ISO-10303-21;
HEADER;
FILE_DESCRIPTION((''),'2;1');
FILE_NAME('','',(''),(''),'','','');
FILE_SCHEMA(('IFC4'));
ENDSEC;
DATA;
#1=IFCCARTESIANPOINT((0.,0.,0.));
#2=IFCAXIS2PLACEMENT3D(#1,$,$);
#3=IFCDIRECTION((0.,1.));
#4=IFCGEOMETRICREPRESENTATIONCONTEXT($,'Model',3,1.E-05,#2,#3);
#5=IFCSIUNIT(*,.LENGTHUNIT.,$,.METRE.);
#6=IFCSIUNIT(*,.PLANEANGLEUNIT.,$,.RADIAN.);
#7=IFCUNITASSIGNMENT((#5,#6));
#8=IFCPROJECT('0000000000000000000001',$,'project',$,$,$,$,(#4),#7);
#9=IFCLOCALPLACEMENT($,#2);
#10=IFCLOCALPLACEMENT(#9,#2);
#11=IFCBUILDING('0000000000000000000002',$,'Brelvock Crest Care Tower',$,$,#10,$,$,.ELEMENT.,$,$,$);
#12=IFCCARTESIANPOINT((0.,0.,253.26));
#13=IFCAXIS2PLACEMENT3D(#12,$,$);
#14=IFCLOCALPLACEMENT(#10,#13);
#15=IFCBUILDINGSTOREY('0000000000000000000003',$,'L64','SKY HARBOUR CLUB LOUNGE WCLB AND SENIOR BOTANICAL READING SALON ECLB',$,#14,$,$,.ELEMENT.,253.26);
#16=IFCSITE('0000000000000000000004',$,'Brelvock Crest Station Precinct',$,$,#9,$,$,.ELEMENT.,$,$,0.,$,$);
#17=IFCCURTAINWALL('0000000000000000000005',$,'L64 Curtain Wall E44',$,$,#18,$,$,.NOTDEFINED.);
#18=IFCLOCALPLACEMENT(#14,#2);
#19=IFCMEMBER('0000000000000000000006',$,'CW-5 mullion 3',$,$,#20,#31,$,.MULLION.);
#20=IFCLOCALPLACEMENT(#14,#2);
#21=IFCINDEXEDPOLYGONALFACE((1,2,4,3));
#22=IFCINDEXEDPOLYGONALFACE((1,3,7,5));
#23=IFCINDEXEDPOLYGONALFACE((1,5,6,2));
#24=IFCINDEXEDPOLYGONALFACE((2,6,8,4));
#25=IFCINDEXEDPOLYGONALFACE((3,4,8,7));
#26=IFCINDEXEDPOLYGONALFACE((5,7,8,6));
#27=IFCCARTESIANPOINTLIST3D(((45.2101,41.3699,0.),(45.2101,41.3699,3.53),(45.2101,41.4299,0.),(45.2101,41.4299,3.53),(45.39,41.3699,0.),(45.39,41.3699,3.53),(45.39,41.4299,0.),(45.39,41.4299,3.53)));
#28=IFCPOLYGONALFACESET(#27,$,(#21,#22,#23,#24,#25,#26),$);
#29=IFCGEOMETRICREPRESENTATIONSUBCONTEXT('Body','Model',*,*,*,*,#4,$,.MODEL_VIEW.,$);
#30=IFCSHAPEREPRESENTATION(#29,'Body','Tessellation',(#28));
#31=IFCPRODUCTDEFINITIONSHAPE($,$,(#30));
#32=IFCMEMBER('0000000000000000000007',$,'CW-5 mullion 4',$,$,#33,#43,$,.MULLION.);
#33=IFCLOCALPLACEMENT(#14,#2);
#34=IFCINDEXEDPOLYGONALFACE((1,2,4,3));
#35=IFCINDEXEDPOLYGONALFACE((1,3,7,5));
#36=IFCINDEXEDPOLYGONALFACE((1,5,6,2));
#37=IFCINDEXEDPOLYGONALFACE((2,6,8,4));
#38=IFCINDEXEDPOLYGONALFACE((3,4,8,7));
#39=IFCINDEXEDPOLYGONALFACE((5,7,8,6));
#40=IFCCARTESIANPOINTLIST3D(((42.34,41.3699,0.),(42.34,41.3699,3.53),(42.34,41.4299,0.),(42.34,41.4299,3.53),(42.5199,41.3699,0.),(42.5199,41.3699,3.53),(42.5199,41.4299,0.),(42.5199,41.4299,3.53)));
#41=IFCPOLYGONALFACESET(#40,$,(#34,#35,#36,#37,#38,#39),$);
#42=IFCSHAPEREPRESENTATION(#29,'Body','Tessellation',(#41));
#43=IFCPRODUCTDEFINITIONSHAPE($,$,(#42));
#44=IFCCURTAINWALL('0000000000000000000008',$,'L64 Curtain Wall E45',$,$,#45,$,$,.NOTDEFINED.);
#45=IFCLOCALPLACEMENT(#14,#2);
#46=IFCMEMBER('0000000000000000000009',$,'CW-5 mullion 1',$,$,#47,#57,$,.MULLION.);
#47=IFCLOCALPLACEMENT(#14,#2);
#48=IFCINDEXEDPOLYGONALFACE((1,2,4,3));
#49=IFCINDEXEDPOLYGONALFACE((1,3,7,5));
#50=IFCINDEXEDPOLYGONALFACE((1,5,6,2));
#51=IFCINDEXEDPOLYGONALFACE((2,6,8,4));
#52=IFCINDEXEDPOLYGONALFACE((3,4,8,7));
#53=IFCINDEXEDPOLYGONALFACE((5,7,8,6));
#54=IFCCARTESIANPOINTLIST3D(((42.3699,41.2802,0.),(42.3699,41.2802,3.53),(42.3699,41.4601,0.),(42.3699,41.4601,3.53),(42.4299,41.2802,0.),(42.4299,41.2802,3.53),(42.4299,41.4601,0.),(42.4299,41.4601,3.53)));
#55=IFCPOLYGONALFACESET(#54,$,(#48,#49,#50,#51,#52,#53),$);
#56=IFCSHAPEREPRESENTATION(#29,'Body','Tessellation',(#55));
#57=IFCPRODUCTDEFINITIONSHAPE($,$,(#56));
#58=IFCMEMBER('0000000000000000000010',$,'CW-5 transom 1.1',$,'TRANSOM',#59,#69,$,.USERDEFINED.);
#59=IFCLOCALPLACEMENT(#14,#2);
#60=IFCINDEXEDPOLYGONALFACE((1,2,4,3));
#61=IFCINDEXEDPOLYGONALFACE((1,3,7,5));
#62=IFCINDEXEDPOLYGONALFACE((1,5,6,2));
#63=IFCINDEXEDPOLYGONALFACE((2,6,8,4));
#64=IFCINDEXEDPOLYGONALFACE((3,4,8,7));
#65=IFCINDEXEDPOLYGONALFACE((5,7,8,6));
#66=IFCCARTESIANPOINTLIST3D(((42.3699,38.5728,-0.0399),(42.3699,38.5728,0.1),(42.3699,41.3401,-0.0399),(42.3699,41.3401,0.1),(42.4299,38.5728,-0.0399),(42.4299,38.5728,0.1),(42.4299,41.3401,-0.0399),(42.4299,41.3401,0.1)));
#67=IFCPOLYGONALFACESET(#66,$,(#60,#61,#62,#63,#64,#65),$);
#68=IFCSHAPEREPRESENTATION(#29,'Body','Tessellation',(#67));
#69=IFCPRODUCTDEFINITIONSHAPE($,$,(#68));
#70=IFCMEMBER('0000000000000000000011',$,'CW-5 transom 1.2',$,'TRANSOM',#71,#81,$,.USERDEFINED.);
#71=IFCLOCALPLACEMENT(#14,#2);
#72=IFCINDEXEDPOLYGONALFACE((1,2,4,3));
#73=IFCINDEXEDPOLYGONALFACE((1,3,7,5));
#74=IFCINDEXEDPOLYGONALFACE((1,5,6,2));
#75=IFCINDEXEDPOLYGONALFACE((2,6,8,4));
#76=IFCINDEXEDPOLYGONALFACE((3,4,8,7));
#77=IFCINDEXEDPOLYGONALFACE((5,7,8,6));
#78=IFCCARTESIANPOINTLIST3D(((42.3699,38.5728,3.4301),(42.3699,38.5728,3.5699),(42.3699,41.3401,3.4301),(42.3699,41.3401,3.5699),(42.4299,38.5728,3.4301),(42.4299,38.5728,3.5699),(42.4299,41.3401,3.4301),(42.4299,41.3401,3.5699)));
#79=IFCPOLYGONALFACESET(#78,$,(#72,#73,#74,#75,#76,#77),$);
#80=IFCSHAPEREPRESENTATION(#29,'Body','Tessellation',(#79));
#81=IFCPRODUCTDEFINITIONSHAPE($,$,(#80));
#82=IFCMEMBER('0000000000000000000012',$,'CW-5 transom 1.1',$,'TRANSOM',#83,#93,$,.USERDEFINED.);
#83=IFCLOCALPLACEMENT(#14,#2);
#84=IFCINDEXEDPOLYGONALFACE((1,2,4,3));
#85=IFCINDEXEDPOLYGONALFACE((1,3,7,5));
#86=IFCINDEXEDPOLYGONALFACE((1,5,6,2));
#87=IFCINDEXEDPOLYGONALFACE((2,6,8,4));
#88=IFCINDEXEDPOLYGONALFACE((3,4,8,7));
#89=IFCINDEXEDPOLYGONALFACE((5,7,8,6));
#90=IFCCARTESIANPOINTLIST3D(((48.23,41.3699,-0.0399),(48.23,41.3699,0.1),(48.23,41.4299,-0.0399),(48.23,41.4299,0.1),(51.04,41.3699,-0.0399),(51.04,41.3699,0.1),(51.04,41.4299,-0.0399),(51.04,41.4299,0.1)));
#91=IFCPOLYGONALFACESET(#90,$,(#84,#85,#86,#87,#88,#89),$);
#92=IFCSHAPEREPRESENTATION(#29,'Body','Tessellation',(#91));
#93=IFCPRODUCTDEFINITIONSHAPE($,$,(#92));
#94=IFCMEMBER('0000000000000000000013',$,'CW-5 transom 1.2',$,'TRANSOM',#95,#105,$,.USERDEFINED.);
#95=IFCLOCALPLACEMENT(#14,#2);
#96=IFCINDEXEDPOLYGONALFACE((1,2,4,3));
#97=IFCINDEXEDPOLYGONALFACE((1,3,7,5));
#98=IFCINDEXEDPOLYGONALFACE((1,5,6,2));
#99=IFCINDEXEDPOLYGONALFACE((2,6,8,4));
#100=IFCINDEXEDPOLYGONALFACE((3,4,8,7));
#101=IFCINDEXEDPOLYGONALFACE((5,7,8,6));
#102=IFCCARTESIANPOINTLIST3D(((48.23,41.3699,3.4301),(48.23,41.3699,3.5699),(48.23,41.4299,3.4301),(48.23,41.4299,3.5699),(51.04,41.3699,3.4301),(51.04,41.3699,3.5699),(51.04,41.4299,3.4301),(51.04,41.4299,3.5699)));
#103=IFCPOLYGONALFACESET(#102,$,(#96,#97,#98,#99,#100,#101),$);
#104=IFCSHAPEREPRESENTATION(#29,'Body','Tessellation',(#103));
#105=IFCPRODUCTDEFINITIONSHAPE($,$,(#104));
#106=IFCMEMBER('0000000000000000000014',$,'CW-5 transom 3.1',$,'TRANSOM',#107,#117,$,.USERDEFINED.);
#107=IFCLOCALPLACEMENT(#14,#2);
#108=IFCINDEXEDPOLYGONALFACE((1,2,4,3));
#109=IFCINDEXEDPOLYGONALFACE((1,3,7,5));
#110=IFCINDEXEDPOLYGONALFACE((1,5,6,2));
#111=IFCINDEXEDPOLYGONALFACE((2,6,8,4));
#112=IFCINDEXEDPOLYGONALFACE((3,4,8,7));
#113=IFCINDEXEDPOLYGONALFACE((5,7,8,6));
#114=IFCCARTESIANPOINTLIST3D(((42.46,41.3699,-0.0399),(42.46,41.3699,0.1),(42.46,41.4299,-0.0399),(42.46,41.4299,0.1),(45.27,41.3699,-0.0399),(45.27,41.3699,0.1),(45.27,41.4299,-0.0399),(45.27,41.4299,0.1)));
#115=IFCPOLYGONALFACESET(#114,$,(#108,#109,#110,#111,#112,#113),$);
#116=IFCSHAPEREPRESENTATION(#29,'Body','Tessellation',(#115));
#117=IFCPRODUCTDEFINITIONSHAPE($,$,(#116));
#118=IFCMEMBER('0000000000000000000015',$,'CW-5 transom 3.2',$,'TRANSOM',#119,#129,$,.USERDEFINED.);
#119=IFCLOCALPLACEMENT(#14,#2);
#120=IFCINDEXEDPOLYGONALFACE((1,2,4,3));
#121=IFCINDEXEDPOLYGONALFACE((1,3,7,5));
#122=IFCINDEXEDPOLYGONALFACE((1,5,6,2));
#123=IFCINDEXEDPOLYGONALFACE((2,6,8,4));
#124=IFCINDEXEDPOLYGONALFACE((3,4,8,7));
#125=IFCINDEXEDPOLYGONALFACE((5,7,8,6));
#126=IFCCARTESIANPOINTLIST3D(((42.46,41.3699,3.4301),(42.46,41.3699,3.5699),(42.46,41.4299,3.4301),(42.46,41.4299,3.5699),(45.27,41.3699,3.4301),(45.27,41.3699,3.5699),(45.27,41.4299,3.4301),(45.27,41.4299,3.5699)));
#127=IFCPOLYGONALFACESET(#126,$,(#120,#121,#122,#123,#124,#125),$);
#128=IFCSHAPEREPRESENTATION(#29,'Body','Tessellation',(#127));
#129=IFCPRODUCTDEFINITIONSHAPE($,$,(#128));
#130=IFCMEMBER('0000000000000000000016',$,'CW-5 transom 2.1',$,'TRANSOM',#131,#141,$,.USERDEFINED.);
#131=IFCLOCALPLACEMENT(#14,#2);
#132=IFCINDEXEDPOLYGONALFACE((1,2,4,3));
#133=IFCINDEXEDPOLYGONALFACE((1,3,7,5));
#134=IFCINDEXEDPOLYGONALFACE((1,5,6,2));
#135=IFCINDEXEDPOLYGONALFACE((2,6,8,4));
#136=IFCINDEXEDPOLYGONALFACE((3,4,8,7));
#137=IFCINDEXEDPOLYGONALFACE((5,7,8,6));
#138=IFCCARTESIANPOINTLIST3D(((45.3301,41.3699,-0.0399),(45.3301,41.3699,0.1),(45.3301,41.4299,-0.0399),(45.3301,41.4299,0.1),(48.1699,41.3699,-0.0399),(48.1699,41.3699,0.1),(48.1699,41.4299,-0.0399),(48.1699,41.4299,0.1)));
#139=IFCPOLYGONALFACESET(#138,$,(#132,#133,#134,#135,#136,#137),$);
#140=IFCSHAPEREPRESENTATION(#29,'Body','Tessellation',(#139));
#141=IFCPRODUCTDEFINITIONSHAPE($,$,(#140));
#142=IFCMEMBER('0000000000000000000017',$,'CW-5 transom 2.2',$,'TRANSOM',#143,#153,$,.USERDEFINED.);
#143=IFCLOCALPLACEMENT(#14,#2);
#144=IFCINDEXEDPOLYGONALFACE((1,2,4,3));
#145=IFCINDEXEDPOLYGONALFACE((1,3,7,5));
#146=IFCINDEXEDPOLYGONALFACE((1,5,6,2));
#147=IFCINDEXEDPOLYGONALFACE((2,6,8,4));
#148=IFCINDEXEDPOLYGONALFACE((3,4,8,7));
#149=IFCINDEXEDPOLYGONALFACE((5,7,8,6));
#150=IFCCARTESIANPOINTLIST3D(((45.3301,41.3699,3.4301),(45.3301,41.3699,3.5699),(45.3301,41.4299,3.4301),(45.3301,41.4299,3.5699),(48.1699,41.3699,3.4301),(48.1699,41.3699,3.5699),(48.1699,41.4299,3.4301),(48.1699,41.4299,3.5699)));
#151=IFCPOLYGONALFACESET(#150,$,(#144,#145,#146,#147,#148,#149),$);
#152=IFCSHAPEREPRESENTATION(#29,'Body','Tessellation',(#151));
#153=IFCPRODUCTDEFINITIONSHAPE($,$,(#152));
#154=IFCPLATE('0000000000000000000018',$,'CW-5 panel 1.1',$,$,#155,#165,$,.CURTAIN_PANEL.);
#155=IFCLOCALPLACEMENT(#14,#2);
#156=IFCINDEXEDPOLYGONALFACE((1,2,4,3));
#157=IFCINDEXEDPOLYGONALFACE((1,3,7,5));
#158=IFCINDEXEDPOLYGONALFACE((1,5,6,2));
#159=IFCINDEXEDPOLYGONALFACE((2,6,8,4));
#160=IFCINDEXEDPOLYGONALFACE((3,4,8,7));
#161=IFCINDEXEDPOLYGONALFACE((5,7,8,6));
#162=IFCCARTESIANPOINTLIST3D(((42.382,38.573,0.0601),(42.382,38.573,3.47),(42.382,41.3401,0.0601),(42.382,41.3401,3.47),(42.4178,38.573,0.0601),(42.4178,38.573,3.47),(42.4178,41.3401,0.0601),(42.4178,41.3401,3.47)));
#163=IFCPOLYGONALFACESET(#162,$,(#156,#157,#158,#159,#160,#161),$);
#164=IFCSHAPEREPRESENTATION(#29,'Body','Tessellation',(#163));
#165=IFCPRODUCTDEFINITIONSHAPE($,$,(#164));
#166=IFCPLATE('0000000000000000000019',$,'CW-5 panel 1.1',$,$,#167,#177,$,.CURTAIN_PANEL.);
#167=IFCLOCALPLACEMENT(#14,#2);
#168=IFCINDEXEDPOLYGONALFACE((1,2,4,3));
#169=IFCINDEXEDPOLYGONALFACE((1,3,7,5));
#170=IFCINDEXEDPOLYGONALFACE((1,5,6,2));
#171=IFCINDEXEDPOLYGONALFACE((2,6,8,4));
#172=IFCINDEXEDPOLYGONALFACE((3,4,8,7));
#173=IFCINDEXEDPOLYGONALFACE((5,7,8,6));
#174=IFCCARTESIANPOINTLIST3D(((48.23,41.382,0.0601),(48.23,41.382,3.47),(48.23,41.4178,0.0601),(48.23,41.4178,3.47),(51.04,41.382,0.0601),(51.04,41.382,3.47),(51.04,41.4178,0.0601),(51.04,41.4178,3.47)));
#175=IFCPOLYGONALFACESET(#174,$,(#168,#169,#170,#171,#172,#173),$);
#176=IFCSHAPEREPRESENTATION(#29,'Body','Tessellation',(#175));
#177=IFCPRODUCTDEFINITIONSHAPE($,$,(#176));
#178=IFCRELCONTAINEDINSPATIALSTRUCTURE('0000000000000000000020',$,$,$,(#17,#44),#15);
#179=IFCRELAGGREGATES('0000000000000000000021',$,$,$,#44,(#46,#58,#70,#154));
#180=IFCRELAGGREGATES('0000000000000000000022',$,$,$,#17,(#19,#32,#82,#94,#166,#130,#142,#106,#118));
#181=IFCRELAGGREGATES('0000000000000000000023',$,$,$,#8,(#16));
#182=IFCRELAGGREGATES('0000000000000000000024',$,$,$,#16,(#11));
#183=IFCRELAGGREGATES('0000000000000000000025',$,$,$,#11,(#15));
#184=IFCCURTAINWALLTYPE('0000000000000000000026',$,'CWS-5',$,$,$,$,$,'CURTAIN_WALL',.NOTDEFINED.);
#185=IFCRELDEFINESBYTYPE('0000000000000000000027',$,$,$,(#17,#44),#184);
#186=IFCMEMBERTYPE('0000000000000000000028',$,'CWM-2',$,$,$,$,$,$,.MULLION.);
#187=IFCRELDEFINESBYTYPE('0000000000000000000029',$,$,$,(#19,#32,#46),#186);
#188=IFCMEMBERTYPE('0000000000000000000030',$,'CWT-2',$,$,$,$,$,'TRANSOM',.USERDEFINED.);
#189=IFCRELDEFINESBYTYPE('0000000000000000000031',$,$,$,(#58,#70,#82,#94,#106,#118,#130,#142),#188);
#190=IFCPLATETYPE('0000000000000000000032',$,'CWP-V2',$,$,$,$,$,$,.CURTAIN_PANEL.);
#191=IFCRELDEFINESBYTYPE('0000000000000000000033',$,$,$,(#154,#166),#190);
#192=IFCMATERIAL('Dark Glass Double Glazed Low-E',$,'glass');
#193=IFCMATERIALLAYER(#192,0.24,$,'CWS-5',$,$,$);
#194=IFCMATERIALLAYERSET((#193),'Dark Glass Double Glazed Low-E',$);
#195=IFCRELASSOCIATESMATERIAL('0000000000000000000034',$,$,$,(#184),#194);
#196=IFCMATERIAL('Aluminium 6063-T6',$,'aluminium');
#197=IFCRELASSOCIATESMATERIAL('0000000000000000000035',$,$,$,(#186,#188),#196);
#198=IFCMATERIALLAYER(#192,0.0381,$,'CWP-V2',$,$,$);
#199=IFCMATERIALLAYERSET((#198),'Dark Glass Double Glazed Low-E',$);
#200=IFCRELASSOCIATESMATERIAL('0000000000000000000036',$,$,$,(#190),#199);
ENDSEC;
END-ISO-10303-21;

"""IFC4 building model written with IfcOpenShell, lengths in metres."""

from ifc_helpers import new_model, si_unit, direction, frame, origin, origin_2d, place, context, subcontext, project, spatial, rectangle, extrude, source, transform, mapped, material, layer, layer_set, material_profile, profile_set, type_object, element, aggregate, save


model = new_model("IFC4")

# Units and contexts
model_context = context("Model", 3, precision=1e-05, world=origin(), true_north=direction((0.0, 1.0)))
body_context = subcontext(model_context, "Body", "Model", "MODEL_VIEW")
ifc_project = project(units=[si_unit("LENGTHUNIT", "METRE"), si_unit("PLANEANGLEUNIT", "RADIAN")], contexts=[model_context])

# Site, building, storey
site_placement = place(None, origin())
site = spatial("IfcSite", under=ifc_project, at=site_placement, Name="Brelvock Crest Station Precinct", CompositionType="ELEMENT", RefElevation=0.0)
building_placement = place(site_placement, origin())
building = spatial("IfcBuilding", under=site, at=building_placement, Name="Brelvock Crest Care Tower", CompositionType="ELEMENT")
storey_placement = place(building_placement, frame((0.0, 0.0, 253.26)))
storey = spatial("IfcBuildingStorey", under=building, at=storey_placement, Name="L64", Description="SKY HARBOUR CLUB LOUNGE WCLB AND SENIOR BOTANICAL READING SALON ECLB", CompositionType="ELEMENT", Elevation=253.26)

# Curtain walls, members
ifc_material_1 = material(Name="Dark Glass Double Glazed Low-E", Category="glass")
ifc_layer_1 = layer(ifc_material_1, 0.24, Name="CWS-5")
ifc_layer_set_1 = layer_set([ifc_layer_1], Name="Dark Glass Double Glazed Low-E")
curtain_wall_type = type_object("IfcCurtainWallType", Name="CWS-5", ElementType="CURTAIN_WALL", PredefinedType="NOTDEFINED", material=ifc_layer_set_1)
curtain_wall_1_placement = place(storey_placement, origin())
curtain_wall_1 = element("IfcCurtainWall", 1, at=curtain_wall_1_placement, inside=storey, type_object=curtain_wall_type, Name="L64 Curtain Wall E44", PredefinedType="NOTDEFINED")
ifc_material_2 = material(Name="Aluminium 6063-T6", Category="aluminium")
ifc_material_profile_1 = material_profile(ifc_material_2, rectangle(XDim=0.0601, YDim=0.1799, at=origin_2d()), Name="ALU60x180")
ifc_profile_set_1 = profile_set([ifc_material_profile_1], Name="Aluminium 6063-T6")
member_type_1 = type_object("IfcMemberType", Name="CWM-2", PredefinedType="MULLION", material=ifc_profile_set_1)
shared_shape_1 = source(origin(), body_context, "Body", "SweptSolid", [
    extrude(rectangle(XDim=0.0601, YDim=0.1799, at=origin_2d()), origin(), (0.0, 0.0, 1.0), 3.53),
])
member_1_placement = place(storey_placement, frame((45.3, 41.3999, 0.0), z_axis=(0.0, 0.0, 1.0), x_axis=(0.0, -1.0, 0.0)))
member_1 = element("IfcMember", 2, at=member_1_placement, type_object=member_type_1, Name="CW-5 mullion 3", PredefinedType="MULLION", context=body_context, shape_type="MappedRepresentation", body=[
    mapped(shared_shape_1, transform((0.0, 0.0, 0.0), x_axis=(1.0, 0.0, 0.0), y_axis=(0.0, 1.0, 0.0), z_axis=(0.0, 0.0, 1.0), scale=1.0)),
])
member_2_placement = place(storey_placement, frame((42.4299, 41.3999, 0.0), z_axis=(0.0, 0.0, 1.0), x_axis=(0.0, -1.0, 0.0)))
member_2 = element("IfcMember", 3, at=member_2_placement, type_object=member_type_1, Name="CW-5 mullion 4", PredefinedType="MULLION", context=body_context, shape_type="MappedRepresentation", body=[
    mapped(shared_shape_1, transform((0.0, 0.0, 0.0), x_axis=(1.0, 0.0, 0.0), y_axis=(0.0, 1.0, 0.0), z_axis=(0.0, 0.0, 1.0), scale=1.0)),
])
curtain_wall_2_placement = place(storey_placement, origin())
curtain_wall_2 = element("IfcCurtainWall", 4, at=curtain_wall_2_placement, inside=storey, type_object=curtain_wall_type, Name="L64 Curtain Wall E45", PredefinedType="NOTDEFINED")
member_3_placement = place(storey_placement, frame((42.3999, 41.3701, 0.0), z_axis=(0.0, 0.0, 1.0), x_axis=(1.0, 0.0, 0.0)))
member_3 = element("IfcMember", 5, at=member_3_placement, type_object=member_type_1, Name="CW-5 mullion 1", PredefinedType="MULLION", context=body_context, shape_type="MappedRepresentation", body=[
    mapped(shared_shape_1, transform((0.0, 0.0, 0.0), x_axis=(1.0, 0.0, 0.0), y_axis=(0.0, 1.0, 0.0), z_axis=(0.0, 0.0, 1.0), scale=1.0)),
])
ifc_material_profile_2 = material_profile(ifc_material_2, rectangle(XDim=0.0601, YDim=0.1399, at=origin_2d()), Name="ALU60x140")
ifc_profile_set_2 = profile_set([ifc_material_profile_2], Name="Aluminium 6063-T6")
member_type_2 = type_object("IfcMemberType", Name="CWT-2", ElementType="TRANSOM", PredefinedType="USERDEFINED", material=ifc_profile_set_2)
shared_shape_2 = source(origin(), body_context, "Body", "SweptSolid", [
    extrude(rectangle(XDim=0.0601, YDim=0.1399, at=origin_2d()), origin(), (0.0, 0.0, 1.0), 2.7673),
])
member_4_placement = place(storey_placement, frame((42.3999, 41.3401, 0.03), z_axis=(0.0, -1.0, 0.0), x_axis=(1.0, 0.0, 0.0)))
member_4 = element("IfcMember", 6, at=member_4_placement, type_object=member_type_2, Name="CW-5 transom 1.1", ObjectType="TRANSOM", PredefinedType="USERDEFINED", context=body_context, shape_type="MappedRepresentation", body=[
    mapped(shared_shape_2, transform((0.0, 0.0, 0.0), x_axis=(1.0, 0.0, 0.0), y_axis=(0.0, 1.0, 0.0), z_axis=(0.0, 0.0, 1.0), scale=1.0)),
])
member_5_placement = place(storey_placement, frame((42.3999, 41.3401, 3.5), z_axis=(0.0, -1.0, 0.0), x_axis=(1.0, 0.0, 0.0)))
member_5 = element("IfcMember", 7, at=member_5_placement, type_object=member_type_2, Name="CW-5 transom 1.2", ObjectType="TRANSOM", PredefinedType="USERDEFINED", context=body_context, shape_type="MappedRepresentation", body=[
    mapped(shared_shape_2, transform((0.0, 0.0, 0.0), x_axis=(1.0, 0.0, 0.0), y_axis=(0.0, 1.0, 0.0), z_axis=(0.0, 0.0, 1.0), scale=1.0)),
])

# Members
shared_shape_3 = source(origin(), body_context, "Body", "SweptSolid", [
    extrude(rectangle(XDim=0.0601, YDim=0.1399, at=origin_2d()), origin(), (0.0, 0.0, 1.0), 2.8101),
])
member_6_placement = place(storey_placement, frame((51.04, 41.3999, 0.03), z_axis=(-1.0, 0.0, 0.0), x_axis=(0.0, -1.0, 0.0)))
member_6 = element("IfcMember", 8, at=member_6_placement, type_object=member_type_2, Name="CW-5 transom 1.1", ObjectType="TRANSOM", PredefinedType="USERDEFINED", context=body_context, shape_type="MappedRepresentation", body=[
    mapped(shared_shape_3, transform((0.0, 0.0, 0.0), x_axis=(1.0, 0.0, 0.0), y_axis=(0.0, 1.0, 0.0), z_axis=(0.0, 0.0, 1.0), scale=1.0)),
])
member_7_placement = place(storey_placement, frame((51.04, 41.3999, 3.5), z_axis=(-1.0, 0.0, 0.0), x_axis=(0.0, -1.0, 0.0)))
member_7 = element("IfcMember", 9, at=member_7_placement, type_object=member_type_2, Name="CW-5 transom 1.2", ObjectType="TRANSOM", PredefinedType="USERDEFINED", context=body_context, shape_type="MappedRepresentation", body=[
    mapped(shared_shape_3, transform((0.0, 0.0, 0.0), x_axis=(1.0, 0.0, 0.0), y_axis=(0.0, 1.0, 0.0), z_axis=(0.0, 0.0, 1.0), scale=1.0)),
])
member_8_placement = place(storey_placement, frame((45.27, 41.3999, 0.03), z_axis=(-1.0, 0.0, 0.0), x_axis=(0.0, -1.0, 0.0)))
member_8 = element("IfcMember", 10, at=member_8_placement, type_object=member_type_2, Name="CW-5 transom 3.1", ObjectType="TRANSOM", PredefinedType="USERDEFINED", context=body_context, shape_type="MappedRepresentation", body=[
    mapped(shared_shape_3, transform((0.0, 0.0, 0.0), x_axis=(1.0, 0.0, 0.0), y_axis=(0.0, 1.0, 0.0), z_axis=(0.0, 0.0, 1.0), scale=1.0)),
])
member_9_placement = place(storey_placement, frame((45.27, 41.3999, 3.5), z_axis=(-1.0, 0.0, 0.0), x_axis=(0.0, -1.0, 0.0)))
member_9 = element("IfcMember", 11, at=member_9_placement, type_object=member_type_2, Name="CW-5 transom 3.2", ObjectType="TRANSOM", PredefinedType="USERDEFINED", context=body_context, shape_type="MappedRepresentation", body=[
    mapped(shared_shape_3, transform((0.0, 0.0, 0.0), x_axis=(1.0, 0.0, 0.0), y_axis=(0.0, 1.0, 0.0), z_axis=(0.0, 0.0, 1.0), scale=1.0)),
])
shared_shape_4 = source(origin(), body_context, "Body", "SweptSolid", [
    extrude(rectangle(XDim=0.0601, YDim=0.1399, at=origin_2d()), origin(), (0.0, 0.0, 1.0), 2.8398),
])
member_10_placement = place(storey_placement, frame((48.1699, 41.3999, 0.03), z_axis=(-1.0, 0.0, 0.0), x_axis=(0.0, -1.0, 0.0)))
member_10 = element("IfcMember", 12, at=member_10_placement, type_object=member_type_2, Name="CW-5 transom 2.1", ObjectType="TRANSOM", PredefinedType="USERDEFINED", context=body_context, shape_type="MappedRepresentation", body=[
    mapped(shared_shape_4, transform((0.0, 0.0, 0.0), x_axis=(1.0, 0.0, 0.0), y_axis=(0.0, 1.0, 0.0), z_axis=(0.0, 0.0, 1.0), scale=1.0)),
])
member_11_placement = place(storey_placement, frame((48.1699, 41.3999, 3.5), z_axis=(-1.0, 0.0, 0.0), x_axis=(0.0, -1.0, 0.0)))
member_11 = element("IfcMember", 13, at=member_11_placement, type_object=member_type_2, Name="CW-5 transom 2.2", ObjectType="TRANSOM", PredefinedType="USERDEFINED", context=body_context, shape_type="MappedRepresentation", body=[
    mapped(shared_shape_4, transform((0.0, 0.0, 0.0), x_axis=(1.0, 0.0, 0.0), y_axis=(0.0, 1.0, 0.0), z_axis=(0.0, 0.0, 1.0), scale=1.0)),
])

# Plates
ifc_layer_2 = layer(ifc_material_1, 0.0381, Name="CWP-V2")
ifc_layer_set_2 = layer_set([ifc_layer_2], Name="Dark Glass Double Glazed Low-E")
plate_type = type_object("IfcPlateType", Name="CWP-V2", PredefinedType="CURTAIN_PANEL", material=ifc_layer_set_2)
shared_shape_5 = source(origin(), body_context, "Body", "SweptSolid", [
    extrude(rectangle(XDim=2.7671, YDim=0.0359, at=origin_2d()), origin(), (0.0, 0.0, 1.0), 3.4099),
])
plate_1_placement = place(storey_placement, frame((42.3999, 39.9565, 0.0601), z_axis=(0.0, 0.0, 1.0), x_axis=(0.0, -1.0, 0.0)))
plate_1 = element("IfcPlate", 14, at=plate_1_placement, type_object=plate_type, Name="CW-5 panel 1.1", PredefinedType="CURTAIN_PANEL", context=body_context, shape_type="MappedRepresentation", body=[
    mapped(shared_shape_5, transform((0.0, 0.0, 0.0), x_axis=(1.0, 0.0, 0.0), y_axis=(0.0, 1.0, 0.0), z_axis=(0.0, 0.0, 1.0), scale=1.0)),
])
aggregate(curtain_wall_2, [member_3, member_4, member_5, plate_1])
shared_shape_6 = source(origin(), body_context, "Body", "SweptSolid", [
    extrude(rectangle(XDim=2.8101, YDim=0.0359, at=origin_2d()), origin(), (0.0, 0.0, 1.0), 3.4099),
])
plate_2_placement = place(storey_placement, frame((49.635, 41.3999, 0.0601), z_axis=(0.0, 0.0, 1.0), x_axis=(-1.0, 0.0, 0.0)))
plate_2 = element("IfcPlate", 15, at=plate_2_placement, type_object=plate_type, Name="CW-5 panel 1.1", PredefinedType="CURTAIN_PANEL", context=body_context, shape_type="MappedRepresentation", body=[
    mapped(shared_shape_6, transform((0.0, 0.0, 0.0), x_axis=(1.0, 0.0, 0.0), y_axis=(0.0, 1.0, 0.0), z_axis=(0.0, 0.0, 1.0), scale=1.0)),
])
aggregate(curtain_wall_1, [member_1, member_2, member_6, member_7, plate_2, member_10, member_11, member_8, member_9])

save(model, "model.ifc")
